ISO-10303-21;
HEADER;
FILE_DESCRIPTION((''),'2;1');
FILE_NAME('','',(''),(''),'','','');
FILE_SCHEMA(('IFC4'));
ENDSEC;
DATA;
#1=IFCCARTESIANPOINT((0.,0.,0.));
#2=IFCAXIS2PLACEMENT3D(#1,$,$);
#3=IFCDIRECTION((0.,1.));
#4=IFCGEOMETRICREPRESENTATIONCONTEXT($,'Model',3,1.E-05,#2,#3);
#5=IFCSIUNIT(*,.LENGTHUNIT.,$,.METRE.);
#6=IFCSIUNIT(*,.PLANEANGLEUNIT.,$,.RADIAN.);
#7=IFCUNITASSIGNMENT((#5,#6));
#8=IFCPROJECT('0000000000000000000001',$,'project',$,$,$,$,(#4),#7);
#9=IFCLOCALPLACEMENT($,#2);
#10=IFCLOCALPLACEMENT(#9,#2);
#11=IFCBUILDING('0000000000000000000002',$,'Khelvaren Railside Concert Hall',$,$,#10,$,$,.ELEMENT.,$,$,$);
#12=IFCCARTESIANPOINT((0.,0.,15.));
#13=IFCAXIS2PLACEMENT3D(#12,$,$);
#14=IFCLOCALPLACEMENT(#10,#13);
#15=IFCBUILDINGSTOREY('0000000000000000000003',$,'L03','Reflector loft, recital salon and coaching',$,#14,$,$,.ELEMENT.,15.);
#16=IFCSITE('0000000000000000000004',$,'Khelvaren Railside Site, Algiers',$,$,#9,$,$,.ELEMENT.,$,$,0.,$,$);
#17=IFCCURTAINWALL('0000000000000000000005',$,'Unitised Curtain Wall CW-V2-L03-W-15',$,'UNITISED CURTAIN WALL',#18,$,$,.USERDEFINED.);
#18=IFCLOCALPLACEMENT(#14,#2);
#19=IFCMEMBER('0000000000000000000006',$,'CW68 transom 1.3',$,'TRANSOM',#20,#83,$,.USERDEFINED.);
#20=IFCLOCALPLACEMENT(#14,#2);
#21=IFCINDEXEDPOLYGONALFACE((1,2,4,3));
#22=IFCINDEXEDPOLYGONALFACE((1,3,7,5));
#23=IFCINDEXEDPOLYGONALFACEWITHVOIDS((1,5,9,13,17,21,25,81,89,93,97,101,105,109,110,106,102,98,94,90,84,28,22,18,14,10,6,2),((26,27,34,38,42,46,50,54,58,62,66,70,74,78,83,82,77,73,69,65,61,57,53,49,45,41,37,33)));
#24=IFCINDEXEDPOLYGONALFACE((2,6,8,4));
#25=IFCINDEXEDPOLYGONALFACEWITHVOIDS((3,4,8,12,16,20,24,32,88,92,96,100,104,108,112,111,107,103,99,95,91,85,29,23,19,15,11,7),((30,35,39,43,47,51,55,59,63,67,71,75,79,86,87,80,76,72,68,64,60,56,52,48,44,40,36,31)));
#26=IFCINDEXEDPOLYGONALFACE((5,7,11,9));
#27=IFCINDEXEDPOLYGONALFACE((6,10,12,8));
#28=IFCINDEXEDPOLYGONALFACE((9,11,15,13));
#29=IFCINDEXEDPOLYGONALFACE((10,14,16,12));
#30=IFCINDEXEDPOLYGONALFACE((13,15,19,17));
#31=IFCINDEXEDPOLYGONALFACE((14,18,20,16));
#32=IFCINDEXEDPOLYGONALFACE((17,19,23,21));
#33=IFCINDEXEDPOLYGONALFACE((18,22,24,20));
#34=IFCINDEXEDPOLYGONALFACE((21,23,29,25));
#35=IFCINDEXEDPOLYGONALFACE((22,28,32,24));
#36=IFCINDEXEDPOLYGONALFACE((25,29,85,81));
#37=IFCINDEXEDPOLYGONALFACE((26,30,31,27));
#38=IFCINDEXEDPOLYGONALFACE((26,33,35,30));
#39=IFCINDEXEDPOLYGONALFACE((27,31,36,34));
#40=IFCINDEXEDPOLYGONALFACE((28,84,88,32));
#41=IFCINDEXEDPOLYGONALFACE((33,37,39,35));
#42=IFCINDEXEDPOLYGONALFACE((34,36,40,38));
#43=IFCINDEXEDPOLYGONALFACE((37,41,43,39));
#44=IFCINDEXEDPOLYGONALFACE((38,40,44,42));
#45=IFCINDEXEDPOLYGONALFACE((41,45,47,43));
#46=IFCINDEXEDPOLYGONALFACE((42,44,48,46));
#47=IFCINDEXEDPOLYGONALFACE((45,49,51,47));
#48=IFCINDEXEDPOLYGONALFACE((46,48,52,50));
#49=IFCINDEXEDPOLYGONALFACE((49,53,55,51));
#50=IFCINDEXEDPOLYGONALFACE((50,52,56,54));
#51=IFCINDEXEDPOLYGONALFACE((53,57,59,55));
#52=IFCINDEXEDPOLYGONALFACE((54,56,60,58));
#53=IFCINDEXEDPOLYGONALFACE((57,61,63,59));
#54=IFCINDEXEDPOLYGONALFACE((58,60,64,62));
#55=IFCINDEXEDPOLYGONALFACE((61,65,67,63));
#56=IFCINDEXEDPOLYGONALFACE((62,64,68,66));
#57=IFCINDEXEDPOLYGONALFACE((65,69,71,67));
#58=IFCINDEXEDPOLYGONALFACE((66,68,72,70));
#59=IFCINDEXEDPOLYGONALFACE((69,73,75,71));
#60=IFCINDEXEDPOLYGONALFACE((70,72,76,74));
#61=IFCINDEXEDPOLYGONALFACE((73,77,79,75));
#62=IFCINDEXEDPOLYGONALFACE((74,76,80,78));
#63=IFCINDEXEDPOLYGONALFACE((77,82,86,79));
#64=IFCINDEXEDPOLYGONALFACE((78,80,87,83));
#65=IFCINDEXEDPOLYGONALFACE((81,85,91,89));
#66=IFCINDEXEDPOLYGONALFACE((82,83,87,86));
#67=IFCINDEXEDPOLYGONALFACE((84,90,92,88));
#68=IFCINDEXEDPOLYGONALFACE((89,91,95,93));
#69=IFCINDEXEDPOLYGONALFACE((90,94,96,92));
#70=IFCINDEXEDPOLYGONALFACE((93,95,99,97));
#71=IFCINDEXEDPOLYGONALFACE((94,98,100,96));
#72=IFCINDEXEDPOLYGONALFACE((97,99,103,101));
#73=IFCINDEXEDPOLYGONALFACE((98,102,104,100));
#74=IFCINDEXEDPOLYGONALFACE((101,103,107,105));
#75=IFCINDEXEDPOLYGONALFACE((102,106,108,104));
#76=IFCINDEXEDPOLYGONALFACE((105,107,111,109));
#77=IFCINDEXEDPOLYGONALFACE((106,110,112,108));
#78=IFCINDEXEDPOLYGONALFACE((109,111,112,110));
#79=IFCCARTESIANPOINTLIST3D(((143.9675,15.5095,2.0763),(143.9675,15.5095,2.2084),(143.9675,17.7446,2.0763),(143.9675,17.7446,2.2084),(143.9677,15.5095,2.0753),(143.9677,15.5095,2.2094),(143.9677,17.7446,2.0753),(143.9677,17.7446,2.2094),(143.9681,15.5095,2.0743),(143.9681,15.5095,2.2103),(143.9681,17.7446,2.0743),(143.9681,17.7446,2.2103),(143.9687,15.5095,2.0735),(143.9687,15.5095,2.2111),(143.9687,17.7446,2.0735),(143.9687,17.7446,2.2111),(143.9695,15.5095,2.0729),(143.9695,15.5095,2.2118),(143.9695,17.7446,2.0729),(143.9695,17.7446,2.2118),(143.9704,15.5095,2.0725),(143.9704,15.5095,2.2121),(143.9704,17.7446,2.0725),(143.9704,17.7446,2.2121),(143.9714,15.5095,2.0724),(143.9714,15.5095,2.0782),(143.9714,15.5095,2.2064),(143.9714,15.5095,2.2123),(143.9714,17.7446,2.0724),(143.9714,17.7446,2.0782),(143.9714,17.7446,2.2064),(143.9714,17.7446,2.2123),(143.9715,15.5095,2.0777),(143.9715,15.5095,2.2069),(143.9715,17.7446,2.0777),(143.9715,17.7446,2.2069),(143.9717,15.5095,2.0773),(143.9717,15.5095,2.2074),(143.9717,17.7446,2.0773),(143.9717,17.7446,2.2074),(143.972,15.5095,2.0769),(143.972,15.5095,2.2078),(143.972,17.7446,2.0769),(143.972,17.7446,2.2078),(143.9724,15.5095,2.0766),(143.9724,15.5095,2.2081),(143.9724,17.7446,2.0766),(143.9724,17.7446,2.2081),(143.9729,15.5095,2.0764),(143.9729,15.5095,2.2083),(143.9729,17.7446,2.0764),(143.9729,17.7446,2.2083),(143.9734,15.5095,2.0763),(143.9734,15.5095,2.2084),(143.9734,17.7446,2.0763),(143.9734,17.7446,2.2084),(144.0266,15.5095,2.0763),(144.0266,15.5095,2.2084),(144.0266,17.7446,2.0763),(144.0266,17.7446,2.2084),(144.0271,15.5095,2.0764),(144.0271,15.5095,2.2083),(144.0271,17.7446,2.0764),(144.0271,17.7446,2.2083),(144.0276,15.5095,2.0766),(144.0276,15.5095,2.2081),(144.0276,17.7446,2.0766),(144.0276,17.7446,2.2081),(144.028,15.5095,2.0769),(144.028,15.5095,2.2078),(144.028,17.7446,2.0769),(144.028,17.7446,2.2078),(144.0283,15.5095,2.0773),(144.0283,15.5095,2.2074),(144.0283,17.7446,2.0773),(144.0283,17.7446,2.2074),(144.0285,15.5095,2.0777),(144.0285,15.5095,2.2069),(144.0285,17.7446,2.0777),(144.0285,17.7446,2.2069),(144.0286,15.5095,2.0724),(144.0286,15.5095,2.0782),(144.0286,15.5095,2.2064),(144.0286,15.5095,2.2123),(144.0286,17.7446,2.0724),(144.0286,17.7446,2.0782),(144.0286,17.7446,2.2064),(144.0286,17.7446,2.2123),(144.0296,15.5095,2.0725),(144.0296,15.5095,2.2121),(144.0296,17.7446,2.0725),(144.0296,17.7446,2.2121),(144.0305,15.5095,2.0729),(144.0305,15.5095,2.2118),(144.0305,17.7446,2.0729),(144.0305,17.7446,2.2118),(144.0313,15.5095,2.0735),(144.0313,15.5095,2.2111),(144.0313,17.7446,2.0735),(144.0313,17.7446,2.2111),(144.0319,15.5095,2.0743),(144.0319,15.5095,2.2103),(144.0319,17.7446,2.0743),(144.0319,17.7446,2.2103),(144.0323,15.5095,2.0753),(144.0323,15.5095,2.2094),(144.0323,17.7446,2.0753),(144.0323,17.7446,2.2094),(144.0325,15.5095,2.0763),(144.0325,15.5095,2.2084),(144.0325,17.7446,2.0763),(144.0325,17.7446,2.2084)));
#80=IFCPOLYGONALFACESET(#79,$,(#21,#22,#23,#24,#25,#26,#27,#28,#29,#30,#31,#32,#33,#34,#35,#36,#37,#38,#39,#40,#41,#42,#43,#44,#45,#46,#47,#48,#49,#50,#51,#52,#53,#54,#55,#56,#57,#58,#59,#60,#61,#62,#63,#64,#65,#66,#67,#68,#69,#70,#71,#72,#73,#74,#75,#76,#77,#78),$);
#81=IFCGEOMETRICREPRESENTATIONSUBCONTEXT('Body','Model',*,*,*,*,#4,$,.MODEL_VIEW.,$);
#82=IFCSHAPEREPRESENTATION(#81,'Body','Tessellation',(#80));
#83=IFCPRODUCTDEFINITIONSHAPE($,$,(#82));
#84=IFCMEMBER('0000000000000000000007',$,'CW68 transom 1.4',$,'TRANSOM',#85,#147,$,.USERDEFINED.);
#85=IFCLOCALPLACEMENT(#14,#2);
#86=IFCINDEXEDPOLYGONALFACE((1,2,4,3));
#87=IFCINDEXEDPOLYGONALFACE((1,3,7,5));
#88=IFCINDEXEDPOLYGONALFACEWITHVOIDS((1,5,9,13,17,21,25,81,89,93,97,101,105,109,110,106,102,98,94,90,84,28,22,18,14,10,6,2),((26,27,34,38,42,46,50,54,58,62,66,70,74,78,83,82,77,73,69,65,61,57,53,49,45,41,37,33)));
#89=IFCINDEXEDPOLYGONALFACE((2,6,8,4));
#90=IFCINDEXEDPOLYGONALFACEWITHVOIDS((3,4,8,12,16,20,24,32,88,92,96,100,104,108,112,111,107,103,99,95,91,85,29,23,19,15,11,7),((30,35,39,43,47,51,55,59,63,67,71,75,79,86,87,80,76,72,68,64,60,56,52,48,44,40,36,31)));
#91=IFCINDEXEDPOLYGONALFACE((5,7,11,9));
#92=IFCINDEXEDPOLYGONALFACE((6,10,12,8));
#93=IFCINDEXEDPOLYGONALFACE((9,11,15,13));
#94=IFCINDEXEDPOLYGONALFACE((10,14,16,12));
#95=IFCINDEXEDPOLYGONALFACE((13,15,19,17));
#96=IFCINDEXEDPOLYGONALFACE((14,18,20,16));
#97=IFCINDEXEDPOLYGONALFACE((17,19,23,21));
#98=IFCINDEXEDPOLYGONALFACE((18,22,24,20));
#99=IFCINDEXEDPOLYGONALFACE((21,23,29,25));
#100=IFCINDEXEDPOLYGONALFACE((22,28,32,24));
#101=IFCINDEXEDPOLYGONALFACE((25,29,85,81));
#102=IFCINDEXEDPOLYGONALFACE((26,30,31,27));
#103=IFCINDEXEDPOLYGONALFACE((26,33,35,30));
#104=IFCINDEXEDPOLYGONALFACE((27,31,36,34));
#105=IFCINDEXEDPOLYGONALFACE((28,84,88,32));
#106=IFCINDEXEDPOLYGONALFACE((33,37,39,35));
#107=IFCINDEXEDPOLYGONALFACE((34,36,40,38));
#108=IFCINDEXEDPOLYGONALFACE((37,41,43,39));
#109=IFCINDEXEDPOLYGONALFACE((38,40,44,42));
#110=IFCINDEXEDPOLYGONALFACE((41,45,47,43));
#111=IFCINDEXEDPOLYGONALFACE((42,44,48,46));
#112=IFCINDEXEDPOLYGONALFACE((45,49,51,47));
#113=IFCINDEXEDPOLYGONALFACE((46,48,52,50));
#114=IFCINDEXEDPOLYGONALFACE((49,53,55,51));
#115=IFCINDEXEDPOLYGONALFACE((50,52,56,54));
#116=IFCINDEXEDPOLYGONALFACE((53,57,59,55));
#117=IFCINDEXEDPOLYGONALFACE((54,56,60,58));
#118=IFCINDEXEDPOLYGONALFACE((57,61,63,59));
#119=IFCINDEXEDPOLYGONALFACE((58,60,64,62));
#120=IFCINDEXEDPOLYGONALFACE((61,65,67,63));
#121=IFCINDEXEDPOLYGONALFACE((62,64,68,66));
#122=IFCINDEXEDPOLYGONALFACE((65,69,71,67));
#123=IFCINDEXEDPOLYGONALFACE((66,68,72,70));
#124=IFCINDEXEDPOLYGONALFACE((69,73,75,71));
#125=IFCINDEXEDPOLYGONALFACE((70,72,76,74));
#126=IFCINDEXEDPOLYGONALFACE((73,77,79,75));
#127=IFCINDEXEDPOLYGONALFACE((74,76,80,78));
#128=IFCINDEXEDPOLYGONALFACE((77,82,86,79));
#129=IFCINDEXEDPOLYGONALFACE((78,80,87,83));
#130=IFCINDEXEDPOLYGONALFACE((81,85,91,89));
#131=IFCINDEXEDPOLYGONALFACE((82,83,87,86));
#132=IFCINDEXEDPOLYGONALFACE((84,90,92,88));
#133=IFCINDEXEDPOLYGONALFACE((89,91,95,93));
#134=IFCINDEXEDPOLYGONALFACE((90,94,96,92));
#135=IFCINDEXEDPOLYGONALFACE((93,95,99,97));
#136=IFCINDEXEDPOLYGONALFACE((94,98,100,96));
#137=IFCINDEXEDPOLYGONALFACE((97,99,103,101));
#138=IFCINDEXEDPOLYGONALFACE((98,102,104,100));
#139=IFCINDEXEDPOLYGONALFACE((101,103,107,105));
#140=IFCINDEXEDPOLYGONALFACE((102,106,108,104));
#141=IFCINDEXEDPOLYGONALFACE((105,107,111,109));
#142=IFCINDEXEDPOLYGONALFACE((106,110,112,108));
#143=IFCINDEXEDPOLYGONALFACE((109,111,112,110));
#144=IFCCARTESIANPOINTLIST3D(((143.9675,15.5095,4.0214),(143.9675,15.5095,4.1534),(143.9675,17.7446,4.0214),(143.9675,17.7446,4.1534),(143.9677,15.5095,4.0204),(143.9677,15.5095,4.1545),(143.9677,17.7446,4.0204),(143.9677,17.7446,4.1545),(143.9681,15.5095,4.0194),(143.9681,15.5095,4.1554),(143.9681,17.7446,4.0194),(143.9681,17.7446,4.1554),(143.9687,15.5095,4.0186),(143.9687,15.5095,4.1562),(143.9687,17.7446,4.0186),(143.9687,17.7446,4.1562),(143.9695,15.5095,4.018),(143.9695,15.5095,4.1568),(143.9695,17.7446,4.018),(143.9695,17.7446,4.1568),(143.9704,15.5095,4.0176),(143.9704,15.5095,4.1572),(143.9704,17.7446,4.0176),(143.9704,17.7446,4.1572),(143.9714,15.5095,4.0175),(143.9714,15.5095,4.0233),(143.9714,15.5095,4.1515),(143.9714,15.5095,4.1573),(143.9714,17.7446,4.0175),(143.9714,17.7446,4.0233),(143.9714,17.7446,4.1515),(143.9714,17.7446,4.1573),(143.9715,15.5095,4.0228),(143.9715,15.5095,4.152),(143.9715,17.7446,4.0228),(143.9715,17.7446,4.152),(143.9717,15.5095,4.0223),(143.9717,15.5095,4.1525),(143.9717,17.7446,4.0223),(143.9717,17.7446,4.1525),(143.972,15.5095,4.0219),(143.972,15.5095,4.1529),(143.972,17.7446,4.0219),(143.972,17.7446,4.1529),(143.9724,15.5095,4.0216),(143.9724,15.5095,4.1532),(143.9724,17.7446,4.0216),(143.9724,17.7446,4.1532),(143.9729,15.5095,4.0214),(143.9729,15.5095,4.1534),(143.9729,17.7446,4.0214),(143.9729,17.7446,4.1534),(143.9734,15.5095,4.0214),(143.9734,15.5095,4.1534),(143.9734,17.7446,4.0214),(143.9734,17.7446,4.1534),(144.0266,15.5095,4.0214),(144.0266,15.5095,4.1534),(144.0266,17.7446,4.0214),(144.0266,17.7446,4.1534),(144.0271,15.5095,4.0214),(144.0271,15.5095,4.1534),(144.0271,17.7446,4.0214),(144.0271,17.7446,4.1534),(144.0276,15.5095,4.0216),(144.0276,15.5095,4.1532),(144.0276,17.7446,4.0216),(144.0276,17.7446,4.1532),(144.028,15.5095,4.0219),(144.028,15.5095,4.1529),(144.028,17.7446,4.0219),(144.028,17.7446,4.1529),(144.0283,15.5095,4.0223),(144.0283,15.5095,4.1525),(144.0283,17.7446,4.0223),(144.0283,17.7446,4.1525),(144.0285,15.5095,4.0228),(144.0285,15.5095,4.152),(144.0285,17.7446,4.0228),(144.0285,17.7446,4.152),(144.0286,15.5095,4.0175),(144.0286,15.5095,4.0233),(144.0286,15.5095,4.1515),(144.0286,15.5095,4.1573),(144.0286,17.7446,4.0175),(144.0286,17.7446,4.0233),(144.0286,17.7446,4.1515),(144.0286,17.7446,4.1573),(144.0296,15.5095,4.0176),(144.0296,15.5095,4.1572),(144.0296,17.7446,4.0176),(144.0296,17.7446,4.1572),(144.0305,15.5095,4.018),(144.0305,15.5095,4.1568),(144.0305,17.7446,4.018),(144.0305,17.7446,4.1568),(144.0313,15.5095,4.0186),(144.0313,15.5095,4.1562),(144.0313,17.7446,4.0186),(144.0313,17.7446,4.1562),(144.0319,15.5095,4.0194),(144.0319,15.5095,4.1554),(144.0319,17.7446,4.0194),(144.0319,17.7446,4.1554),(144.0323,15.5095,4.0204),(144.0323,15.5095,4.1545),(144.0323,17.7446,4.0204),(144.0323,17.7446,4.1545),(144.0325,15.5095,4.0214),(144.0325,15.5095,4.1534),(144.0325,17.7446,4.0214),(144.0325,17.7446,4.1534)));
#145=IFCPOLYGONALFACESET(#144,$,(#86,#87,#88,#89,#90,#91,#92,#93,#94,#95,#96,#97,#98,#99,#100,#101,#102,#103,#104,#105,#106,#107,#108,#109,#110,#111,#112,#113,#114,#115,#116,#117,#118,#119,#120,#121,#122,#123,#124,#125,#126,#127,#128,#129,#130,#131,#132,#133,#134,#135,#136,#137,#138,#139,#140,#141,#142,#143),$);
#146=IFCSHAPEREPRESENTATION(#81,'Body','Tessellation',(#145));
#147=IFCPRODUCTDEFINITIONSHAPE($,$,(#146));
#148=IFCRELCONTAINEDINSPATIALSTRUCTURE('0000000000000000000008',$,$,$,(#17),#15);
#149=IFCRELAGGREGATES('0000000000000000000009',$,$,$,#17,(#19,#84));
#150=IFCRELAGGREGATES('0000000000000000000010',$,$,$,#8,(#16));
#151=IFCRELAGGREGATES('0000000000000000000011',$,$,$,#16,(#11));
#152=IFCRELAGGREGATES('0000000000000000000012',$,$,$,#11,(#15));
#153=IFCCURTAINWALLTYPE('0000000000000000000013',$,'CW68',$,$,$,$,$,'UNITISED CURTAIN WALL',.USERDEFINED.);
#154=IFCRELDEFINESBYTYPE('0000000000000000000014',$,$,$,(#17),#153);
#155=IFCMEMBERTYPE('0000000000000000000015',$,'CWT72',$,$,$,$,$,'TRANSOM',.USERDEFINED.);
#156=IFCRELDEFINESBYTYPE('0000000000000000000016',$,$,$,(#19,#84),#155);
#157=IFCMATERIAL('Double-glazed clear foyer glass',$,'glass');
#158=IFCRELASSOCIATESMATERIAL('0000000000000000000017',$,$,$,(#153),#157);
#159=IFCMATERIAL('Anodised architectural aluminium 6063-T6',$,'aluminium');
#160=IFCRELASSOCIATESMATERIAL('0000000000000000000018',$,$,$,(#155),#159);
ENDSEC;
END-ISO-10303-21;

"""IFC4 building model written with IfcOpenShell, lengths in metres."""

from ifc_helpers import new_model, si_unit, direction, frame, origin, origin_2d, place, context, subcontext, project, spatial, hollow_rectangle, extrude, material, material_profile, profile_set, type_object, element, aggregate, save


model = new_model("IFC4")

# Units and contexts
model_context = context("Model", 3, precision=1e-05, world=origin(), true_north=direction((0.0, 1.0)))
body_context = subcontext(model_context, "Body", "Model", "MODEL_VIEW")
ifc_project = project(units=[si_unit("LENGTHUNIT", "METRE"), si_unit("PLANEANGLEUNIT", "RADIAN")], contexts=[model_context])

# Site, building, storey
site_placement = place(None, origin())
site = spatial("IfcSite", under=ifc_project, at=site_placement, Name="Khelvaren Railside Site, Algiers", CompositionType="ELEMENT", RefElevation=0.0)
building_placement = place(site_placement, origin())
building = spatial("IfcBuilding", under=site, at=building_placement, Name="Khelvaren Railside Concert Hall", CompositionType="ELEMENT")
storey_placement = place(building_placement, frame((0.0, 0.0, 15.0)))
storey = spatial("IfcBuildingStorey", under=building, at=storey_placement, Name="L03", Description="Reflector loft, recital salon and coaching", CompositionType="ELEMENT", Elevation=15.0)

# Curtain wall
ifc_material_1 = material(Name="Double-glazed clear foyer glass", Category="glass")
curtain_wall_type_1 = type_object("IfcCurtainWallType", Name="CW68", ElementType="UNITISED CURTAIN WALL", PredefinedType="USERDEFINED", material=ifc_material_1)
curtain_wall_1_placement = place(storey_placement, origin())
curtain_wall_1 = element("IfcCurtainWall", 1, at=curtain_wall_1_placement, inside=storey, type_object=curtain_wall_type_1, Name="Unitised Curtain Wall CW-V2-L03-W-15", ObjectType="UNITISED CURTAIN WALL", PredefinedType="USERDEFINED")
ifc_material_2 = material(Name="Anodised architectural aluminium 6063-T6", Category="aluminium")

# Members
ifc_material_profile_1 = material_profile(ifc_material_2, hollow_rectangle(XDim=0.0649, YDim=0.1399, WallThickness=0.0039, InnerFilletRadius=0.002, OuterFilletRadius=0.0039, at=origin_2d()), Name="CWT 65x140x4")
ifc_profile_set_1 = profile_set([ifc_material_profile_1], Name="Anodised architectural aluminium 6063-T6")
member_type_1 = type_object("IfcMemberType", Name="CWT72", ElementType="TRANSOM", PredefinedType="USERDEFINED", material=ifc_profile_set_1)
member_1_placement = place(storey_placement, frame((144.0, 15.5095, 2.1423), z_axis=(0.0, 1.0, 0.0), x_axis=(-1.0, 0.0, 0.0)))
member_1 = element("IfcMember", 2, at=member_1_placement, type_object=member_type_1, Name="CW68 transom 1.3", ObjectType="TRANSOM", PredefinedType="USERDEFINED", context=body_context, shape_type="SweptSolid", body=[
    extrude(hollow_rectangle(XDim=0.0649, YDim=0.1399, WallThickness=0.0039, InnerFilletRadius=0.002, OuterFilletRadius=0.0039, at=origin_2d()), origin(), (0.0, 0.0, 1.0), 2.2351),
])
member_2_placement = place(storey_placement, frame((144.0, 15.5095, 4.0874), z_axis=(0.0, 1.0, 0.0), x_axis=(-1.0, 0.0, 0.0)))
member_2 = element("IfcMember", 3, at=member_2_placement, type_object=member_type_1, Name="CW68 transom 1.4", ObjectType="TRANSOM", PredefinedType="USERDEFINED", context=body_context, shape_type="SweptSolid", body=[
    extrude(hollow_rectangle(XDim=0.0649, YDim=0.1399, WallThickness=0.0039, InnerFilletRadius=0.002, OuterFilletRadius=0.0039, at=origin_2d()), origin(), (0.0, 0.0, 1.0), 2.2351),
])

aggregate(curtain_wall_1, [member_1, member_2])

save(model, "model.ifc")
